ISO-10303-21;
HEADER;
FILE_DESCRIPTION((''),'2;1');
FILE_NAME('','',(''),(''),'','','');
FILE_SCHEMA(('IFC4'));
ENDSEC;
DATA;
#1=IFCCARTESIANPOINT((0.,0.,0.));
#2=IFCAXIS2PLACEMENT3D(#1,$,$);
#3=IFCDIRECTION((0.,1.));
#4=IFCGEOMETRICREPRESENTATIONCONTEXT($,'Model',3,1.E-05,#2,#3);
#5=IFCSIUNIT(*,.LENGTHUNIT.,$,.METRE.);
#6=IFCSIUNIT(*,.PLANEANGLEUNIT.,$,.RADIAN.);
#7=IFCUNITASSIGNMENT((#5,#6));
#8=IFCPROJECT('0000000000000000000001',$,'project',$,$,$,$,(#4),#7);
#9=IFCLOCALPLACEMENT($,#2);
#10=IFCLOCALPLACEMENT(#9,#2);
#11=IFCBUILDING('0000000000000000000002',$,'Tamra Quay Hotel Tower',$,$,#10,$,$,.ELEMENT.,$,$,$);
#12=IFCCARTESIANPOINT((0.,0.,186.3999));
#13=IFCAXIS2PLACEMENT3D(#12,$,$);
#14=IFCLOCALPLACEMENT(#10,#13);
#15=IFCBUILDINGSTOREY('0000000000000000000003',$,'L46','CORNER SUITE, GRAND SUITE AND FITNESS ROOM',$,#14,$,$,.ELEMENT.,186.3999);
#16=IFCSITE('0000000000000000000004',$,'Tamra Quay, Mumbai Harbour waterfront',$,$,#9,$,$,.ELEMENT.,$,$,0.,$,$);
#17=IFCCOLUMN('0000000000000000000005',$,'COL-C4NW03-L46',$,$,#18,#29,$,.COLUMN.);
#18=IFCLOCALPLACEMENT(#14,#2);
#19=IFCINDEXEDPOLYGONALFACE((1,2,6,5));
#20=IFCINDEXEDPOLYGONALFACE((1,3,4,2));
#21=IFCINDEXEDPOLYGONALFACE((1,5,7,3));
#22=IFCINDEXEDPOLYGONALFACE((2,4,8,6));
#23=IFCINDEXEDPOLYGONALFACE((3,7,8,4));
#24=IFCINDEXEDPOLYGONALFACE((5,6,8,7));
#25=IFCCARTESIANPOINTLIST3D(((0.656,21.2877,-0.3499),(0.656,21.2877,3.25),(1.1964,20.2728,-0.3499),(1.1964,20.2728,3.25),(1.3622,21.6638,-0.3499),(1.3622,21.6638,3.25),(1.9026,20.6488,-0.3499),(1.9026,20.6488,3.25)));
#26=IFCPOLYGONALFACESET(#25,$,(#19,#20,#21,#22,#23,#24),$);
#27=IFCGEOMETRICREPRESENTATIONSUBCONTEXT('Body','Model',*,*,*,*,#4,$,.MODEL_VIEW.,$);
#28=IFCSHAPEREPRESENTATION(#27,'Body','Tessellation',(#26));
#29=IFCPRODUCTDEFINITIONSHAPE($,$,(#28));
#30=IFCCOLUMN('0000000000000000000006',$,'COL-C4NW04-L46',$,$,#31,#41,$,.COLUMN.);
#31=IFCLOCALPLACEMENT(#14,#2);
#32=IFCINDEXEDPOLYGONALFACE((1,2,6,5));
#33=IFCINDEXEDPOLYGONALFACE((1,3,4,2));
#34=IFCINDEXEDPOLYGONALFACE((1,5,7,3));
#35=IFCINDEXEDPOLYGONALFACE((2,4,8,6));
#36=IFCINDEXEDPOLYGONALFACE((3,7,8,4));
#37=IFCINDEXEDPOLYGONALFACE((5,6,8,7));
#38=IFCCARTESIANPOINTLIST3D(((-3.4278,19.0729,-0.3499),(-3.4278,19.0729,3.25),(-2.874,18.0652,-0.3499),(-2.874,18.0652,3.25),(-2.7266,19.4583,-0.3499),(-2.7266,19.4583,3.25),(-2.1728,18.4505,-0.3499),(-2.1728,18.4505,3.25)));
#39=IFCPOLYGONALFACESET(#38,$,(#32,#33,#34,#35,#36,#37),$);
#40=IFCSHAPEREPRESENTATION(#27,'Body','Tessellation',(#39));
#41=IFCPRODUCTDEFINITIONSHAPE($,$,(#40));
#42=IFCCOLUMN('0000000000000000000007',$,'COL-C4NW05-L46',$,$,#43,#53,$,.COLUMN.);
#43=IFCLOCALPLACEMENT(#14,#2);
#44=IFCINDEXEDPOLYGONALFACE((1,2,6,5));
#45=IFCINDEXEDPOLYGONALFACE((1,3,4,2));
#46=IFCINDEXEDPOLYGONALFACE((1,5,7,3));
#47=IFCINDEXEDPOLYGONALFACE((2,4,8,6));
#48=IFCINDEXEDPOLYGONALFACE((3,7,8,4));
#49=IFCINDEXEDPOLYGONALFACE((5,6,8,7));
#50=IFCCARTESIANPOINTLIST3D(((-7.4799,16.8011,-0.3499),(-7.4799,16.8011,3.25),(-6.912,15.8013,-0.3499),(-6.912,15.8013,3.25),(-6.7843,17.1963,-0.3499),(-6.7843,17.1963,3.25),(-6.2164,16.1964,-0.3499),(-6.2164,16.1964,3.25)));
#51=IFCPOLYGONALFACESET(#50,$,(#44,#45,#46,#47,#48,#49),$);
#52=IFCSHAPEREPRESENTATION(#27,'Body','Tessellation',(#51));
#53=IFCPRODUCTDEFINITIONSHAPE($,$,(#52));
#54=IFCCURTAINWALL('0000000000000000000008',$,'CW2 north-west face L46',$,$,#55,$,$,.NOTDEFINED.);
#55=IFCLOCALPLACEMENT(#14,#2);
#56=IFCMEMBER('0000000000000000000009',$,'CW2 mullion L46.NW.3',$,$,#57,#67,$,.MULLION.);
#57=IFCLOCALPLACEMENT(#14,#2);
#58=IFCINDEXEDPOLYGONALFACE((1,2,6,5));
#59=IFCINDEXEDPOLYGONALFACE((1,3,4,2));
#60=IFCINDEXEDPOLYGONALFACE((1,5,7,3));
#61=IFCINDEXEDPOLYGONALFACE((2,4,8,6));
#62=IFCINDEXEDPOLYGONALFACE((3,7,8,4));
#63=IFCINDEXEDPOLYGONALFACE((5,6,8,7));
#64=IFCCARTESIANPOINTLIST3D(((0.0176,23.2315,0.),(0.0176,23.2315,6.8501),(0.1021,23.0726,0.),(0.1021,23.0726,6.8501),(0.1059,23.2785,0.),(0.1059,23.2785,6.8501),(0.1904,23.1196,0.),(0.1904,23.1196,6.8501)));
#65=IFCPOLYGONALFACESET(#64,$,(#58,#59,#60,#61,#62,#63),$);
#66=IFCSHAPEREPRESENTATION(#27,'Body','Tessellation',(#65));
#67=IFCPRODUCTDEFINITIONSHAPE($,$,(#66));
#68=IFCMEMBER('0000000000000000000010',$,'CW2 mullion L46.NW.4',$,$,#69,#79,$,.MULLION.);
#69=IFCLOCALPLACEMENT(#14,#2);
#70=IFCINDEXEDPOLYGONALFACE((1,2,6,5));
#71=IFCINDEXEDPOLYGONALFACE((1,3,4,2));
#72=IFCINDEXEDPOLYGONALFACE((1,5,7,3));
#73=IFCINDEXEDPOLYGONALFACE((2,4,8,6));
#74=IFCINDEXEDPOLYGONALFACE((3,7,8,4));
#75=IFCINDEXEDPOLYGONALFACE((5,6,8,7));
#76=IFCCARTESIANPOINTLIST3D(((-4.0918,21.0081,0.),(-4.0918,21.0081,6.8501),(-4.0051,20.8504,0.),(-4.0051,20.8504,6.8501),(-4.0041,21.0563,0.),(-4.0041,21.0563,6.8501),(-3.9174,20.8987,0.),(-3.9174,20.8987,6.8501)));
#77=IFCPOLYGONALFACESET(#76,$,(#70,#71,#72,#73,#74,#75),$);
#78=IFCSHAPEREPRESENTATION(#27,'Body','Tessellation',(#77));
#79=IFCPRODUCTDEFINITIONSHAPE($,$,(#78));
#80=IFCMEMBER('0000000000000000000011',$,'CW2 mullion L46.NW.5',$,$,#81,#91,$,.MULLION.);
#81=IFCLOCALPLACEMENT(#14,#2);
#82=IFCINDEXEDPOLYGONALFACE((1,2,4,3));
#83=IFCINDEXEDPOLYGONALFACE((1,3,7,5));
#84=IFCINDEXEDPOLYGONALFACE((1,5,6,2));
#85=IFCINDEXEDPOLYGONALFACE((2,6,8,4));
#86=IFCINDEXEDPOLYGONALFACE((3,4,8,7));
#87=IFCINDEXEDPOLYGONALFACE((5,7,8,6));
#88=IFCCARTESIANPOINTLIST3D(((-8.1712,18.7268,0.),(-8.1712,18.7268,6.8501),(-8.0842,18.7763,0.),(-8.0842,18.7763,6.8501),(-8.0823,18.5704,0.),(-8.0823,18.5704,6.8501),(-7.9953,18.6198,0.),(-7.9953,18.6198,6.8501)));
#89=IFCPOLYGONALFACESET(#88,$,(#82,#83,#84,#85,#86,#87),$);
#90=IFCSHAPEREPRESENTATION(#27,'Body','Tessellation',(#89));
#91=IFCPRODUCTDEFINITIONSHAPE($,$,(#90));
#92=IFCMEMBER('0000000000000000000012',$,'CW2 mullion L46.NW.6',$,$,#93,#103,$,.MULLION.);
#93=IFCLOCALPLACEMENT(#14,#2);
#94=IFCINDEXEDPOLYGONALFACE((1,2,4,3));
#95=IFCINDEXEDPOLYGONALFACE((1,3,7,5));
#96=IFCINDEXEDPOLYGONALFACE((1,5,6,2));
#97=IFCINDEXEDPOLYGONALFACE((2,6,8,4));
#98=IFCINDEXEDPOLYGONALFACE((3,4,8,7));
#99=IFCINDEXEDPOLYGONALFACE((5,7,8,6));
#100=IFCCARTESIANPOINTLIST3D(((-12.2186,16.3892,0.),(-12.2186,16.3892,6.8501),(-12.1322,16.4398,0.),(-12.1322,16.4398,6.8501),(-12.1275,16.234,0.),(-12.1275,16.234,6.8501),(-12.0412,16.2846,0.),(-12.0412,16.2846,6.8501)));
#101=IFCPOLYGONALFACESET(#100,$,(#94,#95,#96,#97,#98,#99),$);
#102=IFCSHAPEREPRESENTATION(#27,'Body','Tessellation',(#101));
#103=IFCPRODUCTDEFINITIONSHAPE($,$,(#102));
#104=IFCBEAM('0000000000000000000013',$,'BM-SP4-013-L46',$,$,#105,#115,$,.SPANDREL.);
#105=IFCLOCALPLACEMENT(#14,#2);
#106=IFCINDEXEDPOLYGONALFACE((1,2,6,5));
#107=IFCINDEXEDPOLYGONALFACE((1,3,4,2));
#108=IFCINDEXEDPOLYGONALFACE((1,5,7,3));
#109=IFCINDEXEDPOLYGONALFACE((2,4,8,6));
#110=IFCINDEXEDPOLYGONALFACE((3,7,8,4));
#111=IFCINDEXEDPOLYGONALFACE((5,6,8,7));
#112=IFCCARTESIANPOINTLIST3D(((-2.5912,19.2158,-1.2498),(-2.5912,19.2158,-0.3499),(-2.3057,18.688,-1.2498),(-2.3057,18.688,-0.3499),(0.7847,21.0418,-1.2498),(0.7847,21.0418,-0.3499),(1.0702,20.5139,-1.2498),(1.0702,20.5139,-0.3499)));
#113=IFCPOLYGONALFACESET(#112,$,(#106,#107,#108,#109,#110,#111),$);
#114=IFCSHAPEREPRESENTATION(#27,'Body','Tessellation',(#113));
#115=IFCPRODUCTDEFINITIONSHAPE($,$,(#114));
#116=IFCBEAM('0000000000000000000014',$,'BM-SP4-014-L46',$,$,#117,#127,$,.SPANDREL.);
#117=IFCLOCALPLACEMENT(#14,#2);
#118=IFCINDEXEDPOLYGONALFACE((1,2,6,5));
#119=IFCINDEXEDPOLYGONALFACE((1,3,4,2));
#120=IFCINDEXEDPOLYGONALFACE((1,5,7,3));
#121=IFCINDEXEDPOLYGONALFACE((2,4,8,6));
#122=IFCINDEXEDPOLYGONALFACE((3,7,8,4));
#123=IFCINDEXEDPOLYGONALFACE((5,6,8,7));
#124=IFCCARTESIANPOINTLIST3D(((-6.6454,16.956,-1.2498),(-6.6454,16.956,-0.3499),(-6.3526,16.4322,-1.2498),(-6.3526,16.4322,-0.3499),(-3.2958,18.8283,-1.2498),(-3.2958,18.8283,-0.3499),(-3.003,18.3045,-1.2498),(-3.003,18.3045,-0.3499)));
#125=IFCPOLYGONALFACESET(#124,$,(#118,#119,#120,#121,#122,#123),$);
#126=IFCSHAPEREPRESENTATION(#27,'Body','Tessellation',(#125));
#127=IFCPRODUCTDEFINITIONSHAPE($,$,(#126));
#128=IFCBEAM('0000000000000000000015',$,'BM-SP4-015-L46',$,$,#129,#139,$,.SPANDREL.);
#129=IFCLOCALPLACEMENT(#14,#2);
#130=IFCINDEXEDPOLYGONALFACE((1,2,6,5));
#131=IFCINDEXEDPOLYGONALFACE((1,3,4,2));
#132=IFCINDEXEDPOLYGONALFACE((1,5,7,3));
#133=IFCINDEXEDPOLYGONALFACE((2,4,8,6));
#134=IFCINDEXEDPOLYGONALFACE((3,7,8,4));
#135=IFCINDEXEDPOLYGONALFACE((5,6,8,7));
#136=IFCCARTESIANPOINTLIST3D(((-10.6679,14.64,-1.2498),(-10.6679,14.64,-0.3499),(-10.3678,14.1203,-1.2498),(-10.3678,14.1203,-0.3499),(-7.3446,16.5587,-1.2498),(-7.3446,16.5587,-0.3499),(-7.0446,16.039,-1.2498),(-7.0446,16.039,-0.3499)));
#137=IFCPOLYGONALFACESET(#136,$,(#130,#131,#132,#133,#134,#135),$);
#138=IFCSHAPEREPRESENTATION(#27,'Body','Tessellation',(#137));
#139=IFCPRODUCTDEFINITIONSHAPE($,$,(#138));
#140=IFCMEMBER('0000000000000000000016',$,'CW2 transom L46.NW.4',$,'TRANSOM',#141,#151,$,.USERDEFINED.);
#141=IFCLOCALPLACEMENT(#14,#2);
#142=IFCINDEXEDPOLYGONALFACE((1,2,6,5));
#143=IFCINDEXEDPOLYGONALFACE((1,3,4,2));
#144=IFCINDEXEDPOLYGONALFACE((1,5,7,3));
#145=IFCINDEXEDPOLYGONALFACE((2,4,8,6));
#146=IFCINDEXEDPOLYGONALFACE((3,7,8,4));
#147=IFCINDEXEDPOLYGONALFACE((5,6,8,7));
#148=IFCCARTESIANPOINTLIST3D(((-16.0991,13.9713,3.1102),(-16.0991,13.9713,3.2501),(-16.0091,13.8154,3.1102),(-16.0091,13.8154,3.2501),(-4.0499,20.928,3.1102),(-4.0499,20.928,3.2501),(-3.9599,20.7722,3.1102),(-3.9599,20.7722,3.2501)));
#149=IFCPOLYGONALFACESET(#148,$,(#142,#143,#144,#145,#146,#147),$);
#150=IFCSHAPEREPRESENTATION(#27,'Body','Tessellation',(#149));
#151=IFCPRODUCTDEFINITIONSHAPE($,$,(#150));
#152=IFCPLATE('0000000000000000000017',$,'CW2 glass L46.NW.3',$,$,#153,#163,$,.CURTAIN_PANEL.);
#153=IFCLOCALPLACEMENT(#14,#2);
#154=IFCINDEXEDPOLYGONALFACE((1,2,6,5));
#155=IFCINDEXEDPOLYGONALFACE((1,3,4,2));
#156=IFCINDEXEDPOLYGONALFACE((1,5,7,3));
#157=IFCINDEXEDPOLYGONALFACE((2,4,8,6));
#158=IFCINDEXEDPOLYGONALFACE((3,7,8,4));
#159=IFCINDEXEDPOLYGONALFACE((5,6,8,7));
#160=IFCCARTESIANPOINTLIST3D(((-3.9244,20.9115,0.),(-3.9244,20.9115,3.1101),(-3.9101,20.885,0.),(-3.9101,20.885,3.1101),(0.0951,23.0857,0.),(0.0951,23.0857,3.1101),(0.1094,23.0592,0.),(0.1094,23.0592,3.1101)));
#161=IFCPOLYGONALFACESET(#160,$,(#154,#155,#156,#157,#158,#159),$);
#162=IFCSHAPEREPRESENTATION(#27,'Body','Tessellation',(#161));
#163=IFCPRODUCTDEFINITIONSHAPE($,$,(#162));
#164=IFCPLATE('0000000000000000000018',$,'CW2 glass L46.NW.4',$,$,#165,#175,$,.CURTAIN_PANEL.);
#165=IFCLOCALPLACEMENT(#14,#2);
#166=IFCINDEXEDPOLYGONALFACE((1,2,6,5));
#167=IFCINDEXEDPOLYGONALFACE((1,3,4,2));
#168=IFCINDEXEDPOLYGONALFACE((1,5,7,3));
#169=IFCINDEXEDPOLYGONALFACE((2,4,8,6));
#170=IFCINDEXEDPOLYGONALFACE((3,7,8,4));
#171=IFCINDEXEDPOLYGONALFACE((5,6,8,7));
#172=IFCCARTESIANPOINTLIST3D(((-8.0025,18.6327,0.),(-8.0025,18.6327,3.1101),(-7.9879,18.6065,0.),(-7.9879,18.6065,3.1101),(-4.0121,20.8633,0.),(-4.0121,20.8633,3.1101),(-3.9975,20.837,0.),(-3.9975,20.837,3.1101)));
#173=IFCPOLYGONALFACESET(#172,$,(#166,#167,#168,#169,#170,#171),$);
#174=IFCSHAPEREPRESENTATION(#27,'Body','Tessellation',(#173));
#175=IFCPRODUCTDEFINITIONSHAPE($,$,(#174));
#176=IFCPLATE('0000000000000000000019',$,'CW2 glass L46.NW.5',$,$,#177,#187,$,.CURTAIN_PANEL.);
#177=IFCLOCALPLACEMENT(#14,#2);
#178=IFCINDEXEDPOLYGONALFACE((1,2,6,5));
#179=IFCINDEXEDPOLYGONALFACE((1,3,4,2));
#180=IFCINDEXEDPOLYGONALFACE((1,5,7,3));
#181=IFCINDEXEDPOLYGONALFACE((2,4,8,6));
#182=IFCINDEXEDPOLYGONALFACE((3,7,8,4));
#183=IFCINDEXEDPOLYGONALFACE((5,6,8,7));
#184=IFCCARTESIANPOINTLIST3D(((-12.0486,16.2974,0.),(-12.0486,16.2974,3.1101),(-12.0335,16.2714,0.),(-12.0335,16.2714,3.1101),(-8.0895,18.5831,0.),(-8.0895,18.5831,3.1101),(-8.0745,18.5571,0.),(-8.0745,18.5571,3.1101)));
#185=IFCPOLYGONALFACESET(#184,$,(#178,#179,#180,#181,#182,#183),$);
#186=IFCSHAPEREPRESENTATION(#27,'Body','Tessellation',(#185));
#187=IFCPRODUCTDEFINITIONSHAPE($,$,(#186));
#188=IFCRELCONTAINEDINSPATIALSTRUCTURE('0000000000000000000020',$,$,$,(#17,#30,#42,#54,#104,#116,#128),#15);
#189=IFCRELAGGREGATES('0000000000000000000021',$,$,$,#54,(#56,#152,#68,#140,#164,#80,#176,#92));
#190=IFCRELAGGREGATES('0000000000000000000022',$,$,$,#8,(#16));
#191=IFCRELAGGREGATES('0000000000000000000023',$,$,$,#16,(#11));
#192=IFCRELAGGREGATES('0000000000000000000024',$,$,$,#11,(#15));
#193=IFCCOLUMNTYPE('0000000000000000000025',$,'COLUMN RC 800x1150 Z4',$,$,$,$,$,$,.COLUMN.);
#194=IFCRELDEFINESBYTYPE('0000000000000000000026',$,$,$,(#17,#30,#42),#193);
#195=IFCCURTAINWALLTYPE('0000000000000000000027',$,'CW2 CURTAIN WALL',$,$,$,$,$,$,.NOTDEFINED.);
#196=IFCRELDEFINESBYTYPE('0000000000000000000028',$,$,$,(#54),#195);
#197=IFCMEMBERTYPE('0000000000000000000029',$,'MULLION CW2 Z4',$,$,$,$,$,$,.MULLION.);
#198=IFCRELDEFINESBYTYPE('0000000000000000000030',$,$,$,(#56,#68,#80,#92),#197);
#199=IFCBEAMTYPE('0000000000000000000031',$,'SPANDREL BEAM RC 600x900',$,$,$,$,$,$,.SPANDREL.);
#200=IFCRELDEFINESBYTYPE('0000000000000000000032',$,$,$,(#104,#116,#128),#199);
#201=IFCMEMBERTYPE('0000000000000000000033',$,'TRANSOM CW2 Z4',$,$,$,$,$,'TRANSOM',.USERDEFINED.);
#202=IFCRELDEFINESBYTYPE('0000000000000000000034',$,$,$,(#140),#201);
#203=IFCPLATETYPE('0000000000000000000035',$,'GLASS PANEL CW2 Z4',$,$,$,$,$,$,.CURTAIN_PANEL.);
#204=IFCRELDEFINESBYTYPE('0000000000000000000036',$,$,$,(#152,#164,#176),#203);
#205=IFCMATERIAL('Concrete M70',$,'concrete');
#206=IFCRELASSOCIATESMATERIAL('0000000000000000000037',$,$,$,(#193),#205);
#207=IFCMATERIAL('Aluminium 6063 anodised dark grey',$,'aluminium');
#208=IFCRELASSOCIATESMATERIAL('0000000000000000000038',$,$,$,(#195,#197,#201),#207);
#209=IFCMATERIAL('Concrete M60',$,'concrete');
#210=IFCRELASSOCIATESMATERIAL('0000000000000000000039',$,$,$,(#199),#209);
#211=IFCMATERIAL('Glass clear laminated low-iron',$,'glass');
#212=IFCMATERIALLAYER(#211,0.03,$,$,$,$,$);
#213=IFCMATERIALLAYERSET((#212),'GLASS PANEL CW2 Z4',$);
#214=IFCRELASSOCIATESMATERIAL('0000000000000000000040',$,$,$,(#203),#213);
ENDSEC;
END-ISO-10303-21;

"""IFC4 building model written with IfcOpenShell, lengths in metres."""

from ifc_helpers import new_model, si_unit, direction, frame, origin, origin_2d, place, context, subcontext, project, spatial, rectangle, extrude, material, layer, layer_set, material_profile, profile_set, type_object, element, aggregate, save


model = new_model("IFC4")

# Units and contexts
model_context = context("Model", 3, precision=1e-05, world=origin(), true_north=direction((0.0, 1.0)))
body_context = subcontext(model_context, "Body", "Model", "MODEL_VIEW")
ifc_project = project(units=[si_unit("LENGTHUNIT", "METRE"), si_unit("PLANEANGLEUNIT", "RADIAN")], contexts=[model_context])

# Site, building, storey
site_placement = place(None, origin())
site = spatial("IfcSite", under=ifc_project, at=site_placement, Name="Tamra Quay, Mumbai Harbour waterfront", CompositionType="ELEMENT", RefElevation=0.0)
building_placement = place(site_placement, origin())
building = spatial("IfcBuilding", under=site, at=building_placement, Name="Tamra Quay Hotel Tower", CompositionType="ELEMENT")
storey_placement = place(building_placement, frame((0.0, 0.0, 186.3999)))
storey = spatial("IfcBuildingStorey", under=building, at=storey_placement, Name="L46", Description="CORNER SUITE, GRAND SUITE AND FITNESS ROOM", CompositionType="ELEMENT", Elevation=186.3999)

# Columns
ifc_material_1 = material(Name="Concrete M70", Category="concrete")
ifc_material_profile_1 = material_profile(ifc_material_1, rectangle(XDim=1.1499, YDim=0.8, at=origin_2d()), Name="COLUMN RC 800x1150 Z4")
ifc_profile_set_1 = profile_set([ifc_material_profile_1], Name="Concrete M70")
column_type = type_object("IfcColumnType", Name="COLUMN RC 800x1150 Z4", PredefinedType="COLUMN", material=ifc_profile_set_1)
for number, where, z_axis, x_axis, name in (
    (1, (1.2793, 20.9683, -0.3499), (0.0, 0.0, 1.0), (-0.470002, 0.882666, 0.0), "COL-C4NW03-L46"),
    (2, (-2.8003, 18.7617, -0.3499), (0.0, 0.0, 1.0), (-0.481602, 0.87639, 0.0), "COL-C4NW04-L46"),
    (3, (-6.8481, 16.4988, -0.3499), (0.0, 0.0, 1.0), (-0.49389, 0.869524, 0.0), "COL-C4NW05-L46"),
):
    element("IfcColumn", number, at=place(storey_placement, frame(where, z_axis=z_axis, x_axis=x_axis)), inside=storey, type_object=column_type, Name=name, PredefinedType="COLUMN", context=body_context, shape_type="SweptSolid", body=[
        extrude(rectangle(XDim=1.1499, YDim=0.8, at=origin_2d()), origin(), (0.0, 0.0, 1.0), 3.5999),
    ])

# Curtain wall, members
ifc_material_2 = material(Name="Aluminium 6063 anodised dark grey", Category="aluminium")
curtain_wall_type = type_object("IfcCurtainWallType", Name="CW2 CURTAIN WALL", PredefinedType="NOTDEFINED", material=ifc_material_2)
curtain_wall_placement = place(storey_placement, origin())
curtain_wall = element("IfcCurtainWall", 4, at=curtain_wall_placement, inside=storey, type_object=curtain_wall_type, Name="CW2 north-west face L46", PredefinedType="NOTDEFINED")
ifc_material_profile_2 = material_profile(ifc_material_2, rectangle(XDim=0.1799, YDim=0.1001, at=origin_2d()), Name="MULLION 100X180")
ifc_profile_set_2 = profile_set([ifc_material_profile_2], Name="Aluminium 6063 anodised dark grey")
member_type_1 = type_object("IfcMemberType", Name="MULLION CW2 Z4", PredefinedType="MULLION", material=ifc_profile_set_2)
member_1_placement = place(storey_placement, frame((0.104, 23.1755, 0.0), z_axis=(0.0, 0.0, 1.0), x_axis=(-0.469668, 0.882843, 0.0)))
member_1 = element("IfcMember", 5, at=member_1_placement, type_object=member_type_1, Name="CW2 mullion L46.NW.3", PredefinedType="MULLION", context=body_context, shape_type="SweptSolid", body=[
    extrude(rectangle(XDim=0.1799, YDim=0.1001, at=origin_2d()), origin(), (0.0, 0.0, 1.0), 6.8501),
])
member_2_placement = place(storey_placement, frame((-4.0046, 20.9534, 0.0), z_axis=(0.0, 0.0, 1.0), x_axis=(-0.481861, 0.876248, 0.0)))
member_2 = element("IfcMember", 6, at=member_2_placement, type_object=member_type_1, Name="CW2 mullion L46.NW.4", PredefinedType="MULLION", context=body_context, shape_type="SweptSolid", body=[
    extrude(rectangle(XDim=0.1799, YDim=0.1001, at=origin_2d()), origin(), (0.0, 0.0, 1.0), 6.8501),
])
member_3_placement = place(storey_placement, frame((-8.0833, 18.6733, 0.0), z_axis=(0.0, 0.0, 1.0), x_axis=(-0.493975, 0.869476, 0.0)))
member_3 = element("IfcMember", 7, at=member_3_placement, type_object=member_type_1, Name="CW2 mullion L46.NW.5", PredefinedType="MULLION", context=body_context, shape_type="SweptSolid", body=[
    extrude(rectangle(XDim=0.1799, YDim=0.1001, at=origin_2d()), origin(), (0.0, 0.0, 1.0), 6.8501),
])
member_4_placement = place(storey_placement, frame((-12.1299, 16.3369, 0.0), z_axis=(0.0, 0.0, 1.0), x_axis=(-0.506001, 0.862533, 0.0)))
member_4 = element("IfcMember", 8, at=member_4_placement, type_object=member_type_1, Name="CW2 mullion L46.NW.6", PredefinedType="MULLION", context=body_context, shape_type="SweptSolid", body=[
    extrude(rectangle(XDim=0.1799, YDim=0.1001, at=origin_2d()), origin(), (0.0, 0.0, 1.0), 6.8501),
])

# Beams
ifc_material_3 = material(Name="Concrete M60", Category="concrete")
ifc_material_profile_3 = material_profile(ifc_material_3, rectangle(XDim=0.6001, YDim=0.8999, at=origin_2d()), Name="SPANDREL BEAM RC 600x900")
ifc_profile_set_3 = profile_set([ifc_material_profile_3], Name="Concrete M60")
beam_type = type_object("IfcBeamType", Name="SPANDREL BEAM RC 600x900", PredefinedType="SPANDREL", material=ifc_profile_set_3)
beam_placement = place(storey_placement, frame((0.9275, 20.7778, -0.7998), z_axis=(-0.879589, -0.475734, 0.0), x_axis=(0.475734, -0.879589, 0.0)))
element("IfcBeam", 9, at=beam_placement, inside=storey, type_object=beam_type, Name="BM-SP4-013-L46", PredefinedType="SPANDREL", context=body_context, shape_type="SweptSolid", body=[
    extrude(rectangle(XDim=0.6001, YDim=0.8999, at=origin_2d()), origin(), (0.0, 0.0, 1.0), 3.8381),
])
for number, where, z_axis, x_axis, name in (
    (10, (-3.1494, 18.5664, -0.7998), (-0.872891, -0.487915, 0.0), (0.487915, -0.872891, 0.0), "BM-SP4-014-L46"),
    (11, (-7.1946, 16.2988, -0.7998), (-0.866022, -0.500005, 0.0), (0.500005, -0.866022, 0.0), "BM-SP4-015-L46"),
):
    element("IfcBeam", number, at=place(storey_placement, frame(where, z_axis=z_axis, x_axis=x_axis)), inside=storey, type_object=beam_type, Name=name, PredefinedType="SPANDREL", context=body_context, shape_type="SweptSolid", body=[
        extrude(rectangle(XDim=0.6001, YDim=0.8999, at=origin_2d()), origin(), (0.0, 0.0, 1.0), 3.8374),
    ])

# Member
ifc_material_profile_4 = material_profile(ifc_material_2, rectangle(XDim=0.1799, YDim=0.1399, at=origin_2d()), Name="TRANSOM 180X140")
ifc_profile_set_4 = profile_set([ifc_material_profile_4], Name="Aluminium 6063 anodised dark grey")
member_type_2 = type_object("IfcMemberType", Name="TRANSOM CW2 Z4", ElementType="TRANSOM", PredefinedType="USERDEFINED", material=ifc_profile_set_4)
member_5_placement = place(storey_placement, frame((-4.0049, 20.8501, 3.1802), z_axis=(-0.866022, -0.500006, 0.0), x_axis=(0.500006, -0.866022, 0.0)))
member_5 = element("IfcMember", 12, at=member_5_placement, type_object=member_type_2, Name="CW2 transom L46.NW.4", ObjectType="TRANSOM", PredefinedType="USERDEFINED", context=body_context, shape_type="SweptSolid", body=[
    extrude(rectangle(XDim=0.1799, YDim=0.1399, at=origin_2d()), origin(), (0.0, 0.0, 1.0), 13.9133),
])

# Plates
ifc_material_4 = material(Name="Glass clear laminated low-iron", Category="glass")
ifc_layer_1 = layer(ifc_material_4, 0.03)
ifc_layer_set_1 = layer_set([ifc_layer_1], Name="GLASS PANEL CW2 Z4")
plate_type = type_object("IfcPlateType", Name="GLASS PANEL CW2 Z4", PredefinedType="CURTAIN_PANEL", material=ifc_layer_set_1)
plate_1_placement = place(storey_placement, frame((-1.9075, 21.9854, 0.0), z_axis=(0.0, 0.0, 1.0), x_axis=(-0.879569, -0.475772, 0.0)))
plate_1 = element("IfcPlate", 13, at=plate_1_placement, type_object=plate_type, Name="CW2 glass L46.NW.3", PredefinedType="CURTAIN_PANEL", context=body_context, shape_type="SweptSolid", body=[
    extrude(rectangle(XDim=4.5698, YDim=0.03, at=origin_2d()), origin(), (0.0, 0.0, 1.0), 3.1101),
])
plate_2_placement = place(storey_placement, frame((-6.0, 19.7349, 0.0), z_axis=(0.0, 0.0, 1.0), x_axis=(-0.872885, -0.487926, 0.0)))
plate_2 = element("IfcPlate", 14, at=plate_2_placement, type_object=plate_type, Name="CW2 glass L46.NW.4", PredefinedType="CURTAIN_PANEL", context=body_context, shape_type="SweptSolid", body=[
    extrude(rectangle(XDim=4.5715, YDim=0.03, at=origin_2d()), origin(), (0.0, 0.0, 1.0), 3.1101),
])
plate_3_placement = place(storey_placement, frame((-10.0615, 17.4272, 0.0), z_axis=(0.0, 0.0, 1.0), x_axis=(-0.866025, -0.5, 0.0)))
plate_3 = element("IfcPlate", 15, at=plate_3_placement, type_object=plate_type, Name="CW2 glass L46.NW.5", PredefinedType="CURTAIN_PANEL", context=body_context, shape_type="SweptSolid", body=[
    extrude(rectangle(XDim=4.5715, YDim=0.03, at=origin_2d()), origin(), (0.0, 0.0, 1.0), 3.1101),
])
aggregate(curtain_wall, [member_1, plate_1, member_2, member_5, plate_2, member_3, plate_3, member_4])

save(model, "model.ifc")
